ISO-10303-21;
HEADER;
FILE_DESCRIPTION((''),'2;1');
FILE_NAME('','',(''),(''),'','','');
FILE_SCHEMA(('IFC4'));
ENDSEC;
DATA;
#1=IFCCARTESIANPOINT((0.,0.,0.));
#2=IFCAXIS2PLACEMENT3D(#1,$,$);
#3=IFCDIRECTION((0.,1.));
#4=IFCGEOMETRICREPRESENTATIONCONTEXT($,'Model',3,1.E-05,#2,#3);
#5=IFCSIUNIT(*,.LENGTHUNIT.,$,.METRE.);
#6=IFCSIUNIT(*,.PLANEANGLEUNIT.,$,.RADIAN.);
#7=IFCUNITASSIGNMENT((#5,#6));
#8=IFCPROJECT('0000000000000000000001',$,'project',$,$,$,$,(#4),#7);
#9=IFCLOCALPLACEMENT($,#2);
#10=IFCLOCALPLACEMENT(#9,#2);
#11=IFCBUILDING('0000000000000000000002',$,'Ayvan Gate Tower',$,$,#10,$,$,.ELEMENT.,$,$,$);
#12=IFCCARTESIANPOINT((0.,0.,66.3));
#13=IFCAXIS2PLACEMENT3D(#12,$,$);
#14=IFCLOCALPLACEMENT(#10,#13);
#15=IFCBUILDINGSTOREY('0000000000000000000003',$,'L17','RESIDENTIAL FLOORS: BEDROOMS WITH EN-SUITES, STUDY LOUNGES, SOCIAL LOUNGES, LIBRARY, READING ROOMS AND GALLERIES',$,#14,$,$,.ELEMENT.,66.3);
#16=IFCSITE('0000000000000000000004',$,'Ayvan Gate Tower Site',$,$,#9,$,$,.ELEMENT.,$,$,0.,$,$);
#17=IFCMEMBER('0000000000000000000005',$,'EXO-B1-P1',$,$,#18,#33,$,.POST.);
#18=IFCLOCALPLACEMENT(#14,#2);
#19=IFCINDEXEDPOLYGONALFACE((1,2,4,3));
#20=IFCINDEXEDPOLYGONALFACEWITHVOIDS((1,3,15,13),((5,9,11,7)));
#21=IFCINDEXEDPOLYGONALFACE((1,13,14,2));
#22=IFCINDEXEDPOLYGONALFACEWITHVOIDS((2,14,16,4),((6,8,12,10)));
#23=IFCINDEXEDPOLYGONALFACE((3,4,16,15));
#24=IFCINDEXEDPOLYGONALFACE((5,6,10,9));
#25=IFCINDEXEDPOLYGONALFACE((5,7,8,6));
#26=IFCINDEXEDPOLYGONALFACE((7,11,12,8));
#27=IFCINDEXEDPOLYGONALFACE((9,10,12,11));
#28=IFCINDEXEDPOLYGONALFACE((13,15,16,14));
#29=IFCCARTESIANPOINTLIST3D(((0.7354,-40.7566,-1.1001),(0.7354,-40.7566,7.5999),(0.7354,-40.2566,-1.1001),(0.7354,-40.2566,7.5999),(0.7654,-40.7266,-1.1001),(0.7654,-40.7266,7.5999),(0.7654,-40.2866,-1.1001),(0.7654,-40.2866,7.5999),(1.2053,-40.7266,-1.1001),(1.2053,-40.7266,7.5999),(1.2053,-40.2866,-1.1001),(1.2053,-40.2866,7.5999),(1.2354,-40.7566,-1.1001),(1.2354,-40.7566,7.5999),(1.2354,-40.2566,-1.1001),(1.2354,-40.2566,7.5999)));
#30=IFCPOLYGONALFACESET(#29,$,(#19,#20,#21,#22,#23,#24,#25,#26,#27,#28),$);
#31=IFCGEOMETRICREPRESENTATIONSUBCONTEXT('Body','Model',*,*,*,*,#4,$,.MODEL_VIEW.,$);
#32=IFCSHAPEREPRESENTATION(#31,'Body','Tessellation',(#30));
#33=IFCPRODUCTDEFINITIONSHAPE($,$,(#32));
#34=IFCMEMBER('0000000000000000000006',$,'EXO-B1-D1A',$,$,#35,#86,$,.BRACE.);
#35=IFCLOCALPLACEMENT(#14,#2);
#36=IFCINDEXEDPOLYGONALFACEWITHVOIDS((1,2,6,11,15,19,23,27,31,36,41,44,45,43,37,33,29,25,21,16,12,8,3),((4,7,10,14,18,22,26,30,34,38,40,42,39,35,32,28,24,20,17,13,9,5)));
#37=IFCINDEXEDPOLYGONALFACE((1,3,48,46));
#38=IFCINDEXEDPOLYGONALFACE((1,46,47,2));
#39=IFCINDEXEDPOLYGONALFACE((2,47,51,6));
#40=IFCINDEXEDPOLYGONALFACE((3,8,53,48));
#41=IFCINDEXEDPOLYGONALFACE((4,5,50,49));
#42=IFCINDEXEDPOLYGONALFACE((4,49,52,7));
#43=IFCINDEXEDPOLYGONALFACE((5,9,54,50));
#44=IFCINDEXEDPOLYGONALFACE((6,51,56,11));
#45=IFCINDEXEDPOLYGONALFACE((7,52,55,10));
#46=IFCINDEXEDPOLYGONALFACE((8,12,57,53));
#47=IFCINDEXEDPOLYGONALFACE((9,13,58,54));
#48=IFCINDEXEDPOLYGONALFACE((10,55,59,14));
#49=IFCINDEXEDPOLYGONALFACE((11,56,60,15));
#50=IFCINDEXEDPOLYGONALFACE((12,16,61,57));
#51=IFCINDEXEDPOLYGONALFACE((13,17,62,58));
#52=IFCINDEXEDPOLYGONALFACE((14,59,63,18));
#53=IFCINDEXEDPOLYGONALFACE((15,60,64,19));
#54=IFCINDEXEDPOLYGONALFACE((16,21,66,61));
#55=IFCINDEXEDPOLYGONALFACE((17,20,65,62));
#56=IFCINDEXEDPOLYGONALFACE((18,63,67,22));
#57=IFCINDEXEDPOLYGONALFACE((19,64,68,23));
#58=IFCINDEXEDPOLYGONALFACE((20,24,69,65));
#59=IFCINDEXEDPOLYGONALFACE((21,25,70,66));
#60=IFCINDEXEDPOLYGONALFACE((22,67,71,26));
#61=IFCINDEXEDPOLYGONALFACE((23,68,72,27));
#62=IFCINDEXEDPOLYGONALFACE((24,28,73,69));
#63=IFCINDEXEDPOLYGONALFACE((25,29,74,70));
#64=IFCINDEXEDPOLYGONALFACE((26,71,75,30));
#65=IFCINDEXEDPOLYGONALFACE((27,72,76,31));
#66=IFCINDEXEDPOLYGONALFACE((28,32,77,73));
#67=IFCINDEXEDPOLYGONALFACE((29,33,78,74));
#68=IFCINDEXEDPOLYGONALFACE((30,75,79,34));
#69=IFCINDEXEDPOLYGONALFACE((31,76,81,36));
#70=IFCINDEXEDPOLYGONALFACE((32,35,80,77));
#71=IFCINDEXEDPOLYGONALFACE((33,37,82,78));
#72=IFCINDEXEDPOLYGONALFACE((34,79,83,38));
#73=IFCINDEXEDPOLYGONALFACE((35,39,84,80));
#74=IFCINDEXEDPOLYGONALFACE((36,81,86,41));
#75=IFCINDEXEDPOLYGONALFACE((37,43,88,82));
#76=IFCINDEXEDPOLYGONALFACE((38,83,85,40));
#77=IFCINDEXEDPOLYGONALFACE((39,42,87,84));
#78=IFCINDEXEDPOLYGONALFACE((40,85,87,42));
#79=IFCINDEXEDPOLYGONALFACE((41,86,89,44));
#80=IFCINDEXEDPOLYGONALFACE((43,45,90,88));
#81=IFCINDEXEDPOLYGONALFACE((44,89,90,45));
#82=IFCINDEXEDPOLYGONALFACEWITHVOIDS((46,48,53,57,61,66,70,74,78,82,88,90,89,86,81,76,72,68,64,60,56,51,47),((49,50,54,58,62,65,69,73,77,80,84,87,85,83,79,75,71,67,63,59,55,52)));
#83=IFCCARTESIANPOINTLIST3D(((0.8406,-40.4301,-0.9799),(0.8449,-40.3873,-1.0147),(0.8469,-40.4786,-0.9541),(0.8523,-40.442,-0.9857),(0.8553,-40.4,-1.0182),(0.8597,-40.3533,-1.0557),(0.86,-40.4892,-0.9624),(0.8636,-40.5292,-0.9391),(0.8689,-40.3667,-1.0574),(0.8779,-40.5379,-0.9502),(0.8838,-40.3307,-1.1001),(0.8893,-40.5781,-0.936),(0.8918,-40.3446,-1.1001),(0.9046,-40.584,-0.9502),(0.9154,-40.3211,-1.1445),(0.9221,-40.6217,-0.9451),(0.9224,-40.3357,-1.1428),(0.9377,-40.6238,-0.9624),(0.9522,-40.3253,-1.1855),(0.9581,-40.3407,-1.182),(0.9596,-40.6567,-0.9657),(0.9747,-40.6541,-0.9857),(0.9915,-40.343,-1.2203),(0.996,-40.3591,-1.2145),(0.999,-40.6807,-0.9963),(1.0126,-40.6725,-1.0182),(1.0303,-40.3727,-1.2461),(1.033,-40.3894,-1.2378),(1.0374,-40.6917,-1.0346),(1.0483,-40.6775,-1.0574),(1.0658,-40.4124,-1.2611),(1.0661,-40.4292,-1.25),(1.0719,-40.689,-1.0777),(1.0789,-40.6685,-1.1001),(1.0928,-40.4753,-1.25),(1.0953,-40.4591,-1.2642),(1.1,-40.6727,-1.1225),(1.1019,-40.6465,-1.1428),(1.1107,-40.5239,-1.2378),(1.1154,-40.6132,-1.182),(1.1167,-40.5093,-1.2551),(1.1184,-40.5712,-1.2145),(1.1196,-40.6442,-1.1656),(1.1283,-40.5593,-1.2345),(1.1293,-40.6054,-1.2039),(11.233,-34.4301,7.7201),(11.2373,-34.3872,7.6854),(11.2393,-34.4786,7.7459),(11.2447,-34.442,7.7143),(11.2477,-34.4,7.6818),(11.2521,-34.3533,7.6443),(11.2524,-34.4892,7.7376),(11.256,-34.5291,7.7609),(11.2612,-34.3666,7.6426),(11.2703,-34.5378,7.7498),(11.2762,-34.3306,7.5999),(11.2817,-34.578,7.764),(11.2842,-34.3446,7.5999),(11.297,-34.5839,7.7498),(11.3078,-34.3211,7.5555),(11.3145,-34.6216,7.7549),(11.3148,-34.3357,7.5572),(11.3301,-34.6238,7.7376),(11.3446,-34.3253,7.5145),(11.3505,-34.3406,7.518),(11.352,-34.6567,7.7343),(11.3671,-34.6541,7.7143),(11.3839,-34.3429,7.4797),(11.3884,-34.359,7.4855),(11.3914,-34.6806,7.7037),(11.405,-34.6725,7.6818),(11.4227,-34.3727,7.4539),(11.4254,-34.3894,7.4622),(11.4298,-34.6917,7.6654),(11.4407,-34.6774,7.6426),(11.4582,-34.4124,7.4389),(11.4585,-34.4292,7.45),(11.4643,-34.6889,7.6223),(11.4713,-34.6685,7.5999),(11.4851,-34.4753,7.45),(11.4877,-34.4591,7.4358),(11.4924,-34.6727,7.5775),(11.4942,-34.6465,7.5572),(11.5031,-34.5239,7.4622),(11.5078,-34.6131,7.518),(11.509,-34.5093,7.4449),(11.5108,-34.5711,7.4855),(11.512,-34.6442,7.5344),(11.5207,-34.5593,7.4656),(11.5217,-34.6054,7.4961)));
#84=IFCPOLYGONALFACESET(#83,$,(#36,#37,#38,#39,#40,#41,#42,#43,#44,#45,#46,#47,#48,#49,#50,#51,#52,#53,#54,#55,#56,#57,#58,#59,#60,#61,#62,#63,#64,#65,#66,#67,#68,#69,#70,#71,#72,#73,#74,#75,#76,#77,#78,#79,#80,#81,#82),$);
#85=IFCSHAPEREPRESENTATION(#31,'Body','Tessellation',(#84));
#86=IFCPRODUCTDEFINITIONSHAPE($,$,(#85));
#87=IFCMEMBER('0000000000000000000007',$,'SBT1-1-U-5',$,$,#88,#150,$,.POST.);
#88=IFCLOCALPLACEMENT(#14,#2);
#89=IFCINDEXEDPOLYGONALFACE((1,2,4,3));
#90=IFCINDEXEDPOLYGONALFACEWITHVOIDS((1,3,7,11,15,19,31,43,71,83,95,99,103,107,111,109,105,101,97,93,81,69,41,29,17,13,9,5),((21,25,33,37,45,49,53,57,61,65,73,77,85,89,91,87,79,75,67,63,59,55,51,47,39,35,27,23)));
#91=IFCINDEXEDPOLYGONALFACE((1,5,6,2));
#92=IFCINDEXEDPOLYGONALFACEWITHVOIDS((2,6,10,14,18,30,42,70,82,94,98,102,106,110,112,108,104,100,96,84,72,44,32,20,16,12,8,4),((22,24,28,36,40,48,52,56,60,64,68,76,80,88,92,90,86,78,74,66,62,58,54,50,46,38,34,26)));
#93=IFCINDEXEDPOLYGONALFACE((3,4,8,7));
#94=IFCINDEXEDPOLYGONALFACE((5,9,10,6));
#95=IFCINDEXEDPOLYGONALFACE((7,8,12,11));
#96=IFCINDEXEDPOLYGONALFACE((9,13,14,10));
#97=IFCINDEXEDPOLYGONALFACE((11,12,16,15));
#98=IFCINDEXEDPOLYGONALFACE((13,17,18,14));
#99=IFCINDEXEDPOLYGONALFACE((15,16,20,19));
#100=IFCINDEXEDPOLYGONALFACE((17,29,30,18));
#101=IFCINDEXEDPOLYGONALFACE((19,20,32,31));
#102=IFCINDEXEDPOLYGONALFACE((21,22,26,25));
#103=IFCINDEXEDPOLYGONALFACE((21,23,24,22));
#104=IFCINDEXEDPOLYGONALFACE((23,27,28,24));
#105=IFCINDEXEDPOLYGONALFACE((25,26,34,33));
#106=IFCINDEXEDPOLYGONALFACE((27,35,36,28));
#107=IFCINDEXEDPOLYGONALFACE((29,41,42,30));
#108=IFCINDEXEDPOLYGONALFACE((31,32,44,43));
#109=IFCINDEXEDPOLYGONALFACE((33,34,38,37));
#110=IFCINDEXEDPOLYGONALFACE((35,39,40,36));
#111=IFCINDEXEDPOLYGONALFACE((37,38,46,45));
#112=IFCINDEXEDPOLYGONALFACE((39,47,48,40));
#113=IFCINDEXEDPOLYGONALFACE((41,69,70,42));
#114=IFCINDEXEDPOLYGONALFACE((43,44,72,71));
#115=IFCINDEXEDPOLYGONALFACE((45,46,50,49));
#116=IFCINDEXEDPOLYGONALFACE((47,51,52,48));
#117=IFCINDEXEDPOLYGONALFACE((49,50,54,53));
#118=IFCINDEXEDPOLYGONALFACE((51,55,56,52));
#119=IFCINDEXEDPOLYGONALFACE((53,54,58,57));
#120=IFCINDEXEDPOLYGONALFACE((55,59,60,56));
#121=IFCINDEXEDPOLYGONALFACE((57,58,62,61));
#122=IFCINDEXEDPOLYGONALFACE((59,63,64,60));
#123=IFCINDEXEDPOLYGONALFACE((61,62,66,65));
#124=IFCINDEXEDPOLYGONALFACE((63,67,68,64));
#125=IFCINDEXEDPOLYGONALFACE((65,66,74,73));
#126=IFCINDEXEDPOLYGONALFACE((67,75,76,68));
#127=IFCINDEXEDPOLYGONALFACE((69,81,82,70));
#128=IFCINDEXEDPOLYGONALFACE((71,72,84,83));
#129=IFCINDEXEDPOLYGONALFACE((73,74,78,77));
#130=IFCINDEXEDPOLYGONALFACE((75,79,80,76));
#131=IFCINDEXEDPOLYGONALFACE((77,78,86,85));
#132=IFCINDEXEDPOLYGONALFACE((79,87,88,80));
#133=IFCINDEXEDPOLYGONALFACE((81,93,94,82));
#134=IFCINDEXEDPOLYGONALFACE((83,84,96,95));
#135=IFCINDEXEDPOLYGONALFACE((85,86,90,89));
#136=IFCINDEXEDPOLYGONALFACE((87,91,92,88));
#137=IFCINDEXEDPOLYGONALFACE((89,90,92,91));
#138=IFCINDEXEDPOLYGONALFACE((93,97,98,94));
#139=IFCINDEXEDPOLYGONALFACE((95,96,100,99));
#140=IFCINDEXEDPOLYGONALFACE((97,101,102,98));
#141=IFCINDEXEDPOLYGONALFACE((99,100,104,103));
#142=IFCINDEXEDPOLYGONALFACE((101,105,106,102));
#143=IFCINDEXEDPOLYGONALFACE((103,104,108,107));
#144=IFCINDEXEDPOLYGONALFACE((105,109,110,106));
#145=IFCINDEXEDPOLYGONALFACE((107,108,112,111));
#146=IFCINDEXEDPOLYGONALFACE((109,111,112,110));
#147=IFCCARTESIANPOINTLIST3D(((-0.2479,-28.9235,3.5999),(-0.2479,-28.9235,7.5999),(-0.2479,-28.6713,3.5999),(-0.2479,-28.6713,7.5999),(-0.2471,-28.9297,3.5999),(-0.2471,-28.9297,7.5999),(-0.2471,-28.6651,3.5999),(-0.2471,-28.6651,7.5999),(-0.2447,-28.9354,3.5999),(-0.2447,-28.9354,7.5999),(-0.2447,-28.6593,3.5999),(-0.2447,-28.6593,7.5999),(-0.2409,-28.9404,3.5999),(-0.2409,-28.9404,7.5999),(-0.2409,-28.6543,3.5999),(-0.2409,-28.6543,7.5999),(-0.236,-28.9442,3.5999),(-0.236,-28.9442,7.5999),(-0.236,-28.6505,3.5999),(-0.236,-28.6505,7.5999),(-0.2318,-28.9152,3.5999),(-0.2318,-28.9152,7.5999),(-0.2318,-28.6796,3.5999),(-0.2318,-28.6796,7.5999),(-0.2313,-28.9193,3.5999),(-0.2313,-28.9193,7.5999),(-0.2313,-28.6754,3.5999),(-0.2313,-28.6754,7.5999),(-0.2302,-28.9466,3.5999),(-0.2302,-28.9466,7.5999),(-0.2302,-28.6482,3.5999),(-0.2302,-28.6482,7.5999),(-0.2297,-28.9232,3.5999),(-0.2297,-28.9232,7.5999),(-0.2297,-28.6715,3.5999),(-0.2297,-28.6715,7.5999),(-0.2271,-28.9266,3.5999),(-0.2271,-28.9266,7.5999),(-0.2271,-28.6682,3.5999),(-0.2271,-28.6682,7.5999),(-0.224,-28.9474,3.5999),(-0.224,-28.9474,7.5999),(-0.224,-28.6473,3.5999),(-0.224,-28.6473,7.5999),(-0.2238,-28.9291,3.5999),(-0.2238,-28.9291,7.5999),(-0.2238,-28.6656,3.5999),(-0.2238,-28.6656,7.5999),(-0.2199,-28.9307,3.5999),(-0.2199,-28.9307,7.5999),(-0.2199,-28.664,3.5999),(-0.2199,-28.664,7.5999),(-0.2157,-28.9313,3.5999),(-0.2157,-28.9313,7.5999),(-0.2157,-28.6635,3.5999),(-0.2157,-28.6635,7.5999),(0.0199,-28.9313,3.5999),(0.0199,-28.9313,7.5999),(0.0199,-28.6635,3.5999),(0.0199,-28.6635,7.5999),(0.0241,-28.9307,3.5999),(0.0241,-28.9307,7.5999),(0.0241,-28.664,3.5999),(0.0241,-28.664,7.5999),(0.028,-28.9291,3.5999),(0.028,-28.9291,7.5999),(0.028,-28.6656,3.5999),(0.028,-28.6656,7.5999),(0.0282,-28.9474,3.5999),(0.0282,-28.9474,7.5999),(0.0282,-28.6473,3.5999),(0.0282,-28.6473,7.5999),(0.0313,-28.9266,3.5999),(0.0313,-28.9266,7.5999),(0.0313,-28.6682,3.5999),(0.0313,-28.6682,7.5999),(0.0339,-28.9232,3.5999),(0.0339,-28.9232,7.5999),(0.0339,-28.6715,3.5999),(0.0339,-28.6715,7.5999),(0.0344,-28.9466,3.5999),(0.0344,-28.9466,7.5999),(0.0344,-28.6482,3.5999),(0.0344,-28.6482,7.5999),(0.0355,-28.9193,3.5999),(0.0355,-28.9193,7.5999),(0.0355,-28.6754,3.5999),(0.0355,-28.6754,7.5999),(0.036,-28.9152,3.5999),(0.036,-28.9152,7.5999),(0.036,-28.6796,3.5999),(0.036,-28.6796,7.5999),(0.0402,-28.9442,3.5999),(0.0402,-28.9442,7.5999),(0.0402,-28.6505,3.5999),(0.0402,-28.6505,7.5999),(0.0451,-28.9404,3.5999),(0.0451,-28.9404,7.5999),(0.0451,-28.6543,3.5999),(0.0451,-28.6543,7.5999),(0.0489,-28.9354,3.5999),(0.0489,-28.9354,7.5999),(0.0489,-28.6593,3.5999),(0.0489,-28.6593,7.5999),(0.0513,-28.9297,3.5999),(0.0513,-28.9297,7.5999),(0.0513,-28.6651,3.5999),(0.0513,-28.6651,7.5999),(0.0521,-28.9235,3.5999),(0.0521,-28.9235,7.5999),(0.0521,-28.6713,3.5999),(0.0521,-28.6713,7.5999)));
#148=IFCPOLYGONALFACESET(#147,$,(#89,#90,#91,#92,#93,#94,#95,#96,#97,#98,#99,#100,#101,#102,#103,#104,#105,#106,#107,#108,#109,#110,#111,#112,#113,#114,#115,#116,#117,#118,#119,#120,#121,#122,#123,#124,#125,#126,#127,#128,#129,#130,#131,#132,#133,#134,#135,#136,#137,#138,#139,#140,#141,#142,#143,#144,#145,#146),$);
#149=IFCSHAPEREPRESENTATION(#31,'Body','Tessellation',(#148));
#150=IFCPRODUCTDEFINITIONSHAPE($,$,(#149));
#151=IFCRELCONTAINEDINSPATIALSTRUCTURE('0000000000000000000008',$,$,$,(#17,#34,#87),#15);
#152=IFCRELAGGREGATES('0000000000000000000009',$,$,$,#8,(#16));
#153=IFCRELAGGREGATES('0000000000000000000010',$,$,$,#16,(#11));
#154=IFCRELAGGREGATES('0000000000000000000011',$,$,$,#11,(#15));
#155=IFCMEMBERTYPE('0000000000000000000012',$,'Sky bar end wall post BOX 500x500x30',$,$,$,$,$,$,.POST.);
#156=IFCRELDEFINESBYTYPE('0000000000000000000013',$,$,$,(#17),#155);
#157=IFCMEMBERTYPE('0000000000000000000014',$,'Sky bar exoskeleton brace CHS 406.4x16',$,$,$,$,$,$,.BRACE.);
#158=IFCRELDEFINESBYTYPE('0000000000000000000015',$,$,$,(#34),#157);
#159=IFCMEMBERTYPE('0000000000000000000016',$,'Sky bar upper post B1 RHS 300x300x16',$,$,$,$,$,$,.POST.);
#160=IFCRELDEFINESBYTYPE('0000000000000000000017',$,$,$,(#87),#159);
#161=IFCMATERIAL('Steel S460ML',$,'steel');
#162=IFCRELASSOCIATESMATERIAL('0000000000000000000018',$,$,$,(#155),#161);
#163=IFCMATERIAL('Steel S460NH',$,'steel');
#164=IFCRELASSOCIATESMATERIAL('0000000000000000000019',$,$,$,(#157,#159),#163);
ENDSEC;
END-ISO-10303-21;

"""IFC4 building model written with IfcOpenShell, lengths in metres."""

from ifc_helpers import new_model, si_unit, direction, frame, origin, origin_2d, place, context, subcontext, project, spatial, hollow_rectangle, hollow_circle, extrude, material, material_profile, profile_set, type_object, element, save


model = new_model("IFC4")

# Units and contexts
model_context = context("Model", 3, precision=1e-05, world=origin(), true_north=direction((0.0, 1.0)))
body_context = subcontext(model_context, "Body", "Model", "MODEL_VIEW")
ifc_project = project(units=[si_unit("LENGTHUNIT", "METRE"), si_unit("PLANEANGLEUNIT", "RADIAN")], contexts=[model_context])

# Site, building, storey
site_placement = place(None, origin())
site = spatial("IfcSite", under=ifc_project, at=site_placement, Name="Ayvan Gate Tower Site", CompositionType="ELEMENT", RefElevation=0.0)
building_placement = place(site_placement, origin())
building = spatial("IfcBuilding", under=site, at=building_placement, Name="Ayvan Gate Tower", CompositionType="ELEMENT")
storey_placement = place(building_placement, frame((0.0, 0.0, 66.3)))
storey = spatial("IfcBuildingStorey", under=building, at=storey_placement, Name="L17", Description="RESIDENTIAL FLOORS: BEDROOMS WITH EN-SUITES, STUDY LOUNGES, SOCIAL LOUNGES, LIBRARY, READING ROOMS AND GALLERIES", CompositionType="ELEMENT", Elevation=66.3)

# Shared definitions
ifc_material_1 = material(Name="Steel S460NH", Category="steel")

# Members
ifc_material_2 = material(Name="Steel S460ML", Category="steel")
ifc_material_profile_1 = material_profile(ifc_material_2, hollow_rectangle(XDim=0.5, YDim=0.5, WallThickness=0.03, at=origin_2d()), Name="BOX 500x500x30")
ifc_profile_set_1 = profile_set([ifc_material_profile_1], Name="Steel S460ML")
member_type_1 = type_object("IfcMemberType", Name="Sky bar end wall post BOX 500x500x30", PredefinedType="POST", material=ifc_profile_set_1)
member_1_placement = place(storey_placement, frame((0.9854, -40.5066, -1.1001), z_axis=(0.0, 0.0, 1.0), x_axis=(1.0, 0.0, 0.0)))
element("IfcMember", 1, at=member_1_placement, inside=storey, type_object=member_type_1, Name="EXO-B1-P1", PredefinedType="POST", context=body_context, shape_type="SweptSolid", body=[
    extrude(hollow_rectangle(XDim=0.5, YDim=0.5, WallThickness=0.03, at=origin_2d()), origin(), (0.0, 0.0, 1.0), 8.7),
])
ifc_material_profile_2 = material_profile(ifc_material_1, hollow_circle(Radius=0.2031, WallThickness=0.0161, at=origin_2d()), Name="CHS 406.4x16")
ifc_profile_set_2 = profile_set([ifc_material_profile_2], Name="Steel S460NH")
member_type_2 = type_object("IfcMemberType", Name="Sky bar exoskeleton brace CHS 406.4x16", PredefinedType="BRACE", material=ifc_profile_set_2)
member_2_placement = place(storey_placement, frame((0.9854, -40.5066, -1.1001), z_axis=(0.701146, 0.404805, 0.586965), x_axis=(-0.499999, 0.866026, 0.0)))
element("IfcMember", 2, at=member_2_placement, inside=storey, type_object=member_type_2, Name="EXO-B1-D1A", PredefinedType="BRACE", context=body_context, shape_type="SweptSolid", body=[
    extrude(hollow_circle(Radius=0.2031, WallThickness=0.0161, at=origin_2d()), origin(), (0.0, 0.0, 1.0), 14.822),
])
ifc_material_profile_3 = material_profile(ifc_material_1, hollow_rectangle(XDim=0.3, YDim=0.3, WallThickness=0.0161, InnerFilletRadius=0.0161, OuterFilletRadius=0.0239, at=origin_2d()), Name="RHS 300x300x16")
ifc_profile_set_3 = profile_set([ifc_material_profile_3], Name="Steel S460NH")
member_type_3 = type_object("IfcMemberType", Name="Sky bar upper post B1 RHS 300x300x16", PredefinedType="POST", material=ifc_profile_set_3)
for number, where, z_axis, x_axis, name in (
    (3, (-0.0979, -28.7974, 3.5999), (0.0, 0.0, 1.0), (1.0, 0.0, 0.0), "SBT1-1-U-5"),
):
    element("IfcMember", number, at=place(storey_placement, frame(where, z_axis=z_axis, x_axis=x_axis)), inside=storey, type_object=member_type_3, Name=name, PredefinedType="POST", context=body_context, shape_type="SweptSolid", body=[
        extrude(hollow_rectangle(XDim=0.3, YDim=0.3, WallThickness=0.0161, InnerFilletRadius=0.0161, OuterFilletRadius=0.0239, at=origin_2d()), origin(), (0.0, 0.0, 1.0), 4.0),
    ])

save(model, "model.ifc")
